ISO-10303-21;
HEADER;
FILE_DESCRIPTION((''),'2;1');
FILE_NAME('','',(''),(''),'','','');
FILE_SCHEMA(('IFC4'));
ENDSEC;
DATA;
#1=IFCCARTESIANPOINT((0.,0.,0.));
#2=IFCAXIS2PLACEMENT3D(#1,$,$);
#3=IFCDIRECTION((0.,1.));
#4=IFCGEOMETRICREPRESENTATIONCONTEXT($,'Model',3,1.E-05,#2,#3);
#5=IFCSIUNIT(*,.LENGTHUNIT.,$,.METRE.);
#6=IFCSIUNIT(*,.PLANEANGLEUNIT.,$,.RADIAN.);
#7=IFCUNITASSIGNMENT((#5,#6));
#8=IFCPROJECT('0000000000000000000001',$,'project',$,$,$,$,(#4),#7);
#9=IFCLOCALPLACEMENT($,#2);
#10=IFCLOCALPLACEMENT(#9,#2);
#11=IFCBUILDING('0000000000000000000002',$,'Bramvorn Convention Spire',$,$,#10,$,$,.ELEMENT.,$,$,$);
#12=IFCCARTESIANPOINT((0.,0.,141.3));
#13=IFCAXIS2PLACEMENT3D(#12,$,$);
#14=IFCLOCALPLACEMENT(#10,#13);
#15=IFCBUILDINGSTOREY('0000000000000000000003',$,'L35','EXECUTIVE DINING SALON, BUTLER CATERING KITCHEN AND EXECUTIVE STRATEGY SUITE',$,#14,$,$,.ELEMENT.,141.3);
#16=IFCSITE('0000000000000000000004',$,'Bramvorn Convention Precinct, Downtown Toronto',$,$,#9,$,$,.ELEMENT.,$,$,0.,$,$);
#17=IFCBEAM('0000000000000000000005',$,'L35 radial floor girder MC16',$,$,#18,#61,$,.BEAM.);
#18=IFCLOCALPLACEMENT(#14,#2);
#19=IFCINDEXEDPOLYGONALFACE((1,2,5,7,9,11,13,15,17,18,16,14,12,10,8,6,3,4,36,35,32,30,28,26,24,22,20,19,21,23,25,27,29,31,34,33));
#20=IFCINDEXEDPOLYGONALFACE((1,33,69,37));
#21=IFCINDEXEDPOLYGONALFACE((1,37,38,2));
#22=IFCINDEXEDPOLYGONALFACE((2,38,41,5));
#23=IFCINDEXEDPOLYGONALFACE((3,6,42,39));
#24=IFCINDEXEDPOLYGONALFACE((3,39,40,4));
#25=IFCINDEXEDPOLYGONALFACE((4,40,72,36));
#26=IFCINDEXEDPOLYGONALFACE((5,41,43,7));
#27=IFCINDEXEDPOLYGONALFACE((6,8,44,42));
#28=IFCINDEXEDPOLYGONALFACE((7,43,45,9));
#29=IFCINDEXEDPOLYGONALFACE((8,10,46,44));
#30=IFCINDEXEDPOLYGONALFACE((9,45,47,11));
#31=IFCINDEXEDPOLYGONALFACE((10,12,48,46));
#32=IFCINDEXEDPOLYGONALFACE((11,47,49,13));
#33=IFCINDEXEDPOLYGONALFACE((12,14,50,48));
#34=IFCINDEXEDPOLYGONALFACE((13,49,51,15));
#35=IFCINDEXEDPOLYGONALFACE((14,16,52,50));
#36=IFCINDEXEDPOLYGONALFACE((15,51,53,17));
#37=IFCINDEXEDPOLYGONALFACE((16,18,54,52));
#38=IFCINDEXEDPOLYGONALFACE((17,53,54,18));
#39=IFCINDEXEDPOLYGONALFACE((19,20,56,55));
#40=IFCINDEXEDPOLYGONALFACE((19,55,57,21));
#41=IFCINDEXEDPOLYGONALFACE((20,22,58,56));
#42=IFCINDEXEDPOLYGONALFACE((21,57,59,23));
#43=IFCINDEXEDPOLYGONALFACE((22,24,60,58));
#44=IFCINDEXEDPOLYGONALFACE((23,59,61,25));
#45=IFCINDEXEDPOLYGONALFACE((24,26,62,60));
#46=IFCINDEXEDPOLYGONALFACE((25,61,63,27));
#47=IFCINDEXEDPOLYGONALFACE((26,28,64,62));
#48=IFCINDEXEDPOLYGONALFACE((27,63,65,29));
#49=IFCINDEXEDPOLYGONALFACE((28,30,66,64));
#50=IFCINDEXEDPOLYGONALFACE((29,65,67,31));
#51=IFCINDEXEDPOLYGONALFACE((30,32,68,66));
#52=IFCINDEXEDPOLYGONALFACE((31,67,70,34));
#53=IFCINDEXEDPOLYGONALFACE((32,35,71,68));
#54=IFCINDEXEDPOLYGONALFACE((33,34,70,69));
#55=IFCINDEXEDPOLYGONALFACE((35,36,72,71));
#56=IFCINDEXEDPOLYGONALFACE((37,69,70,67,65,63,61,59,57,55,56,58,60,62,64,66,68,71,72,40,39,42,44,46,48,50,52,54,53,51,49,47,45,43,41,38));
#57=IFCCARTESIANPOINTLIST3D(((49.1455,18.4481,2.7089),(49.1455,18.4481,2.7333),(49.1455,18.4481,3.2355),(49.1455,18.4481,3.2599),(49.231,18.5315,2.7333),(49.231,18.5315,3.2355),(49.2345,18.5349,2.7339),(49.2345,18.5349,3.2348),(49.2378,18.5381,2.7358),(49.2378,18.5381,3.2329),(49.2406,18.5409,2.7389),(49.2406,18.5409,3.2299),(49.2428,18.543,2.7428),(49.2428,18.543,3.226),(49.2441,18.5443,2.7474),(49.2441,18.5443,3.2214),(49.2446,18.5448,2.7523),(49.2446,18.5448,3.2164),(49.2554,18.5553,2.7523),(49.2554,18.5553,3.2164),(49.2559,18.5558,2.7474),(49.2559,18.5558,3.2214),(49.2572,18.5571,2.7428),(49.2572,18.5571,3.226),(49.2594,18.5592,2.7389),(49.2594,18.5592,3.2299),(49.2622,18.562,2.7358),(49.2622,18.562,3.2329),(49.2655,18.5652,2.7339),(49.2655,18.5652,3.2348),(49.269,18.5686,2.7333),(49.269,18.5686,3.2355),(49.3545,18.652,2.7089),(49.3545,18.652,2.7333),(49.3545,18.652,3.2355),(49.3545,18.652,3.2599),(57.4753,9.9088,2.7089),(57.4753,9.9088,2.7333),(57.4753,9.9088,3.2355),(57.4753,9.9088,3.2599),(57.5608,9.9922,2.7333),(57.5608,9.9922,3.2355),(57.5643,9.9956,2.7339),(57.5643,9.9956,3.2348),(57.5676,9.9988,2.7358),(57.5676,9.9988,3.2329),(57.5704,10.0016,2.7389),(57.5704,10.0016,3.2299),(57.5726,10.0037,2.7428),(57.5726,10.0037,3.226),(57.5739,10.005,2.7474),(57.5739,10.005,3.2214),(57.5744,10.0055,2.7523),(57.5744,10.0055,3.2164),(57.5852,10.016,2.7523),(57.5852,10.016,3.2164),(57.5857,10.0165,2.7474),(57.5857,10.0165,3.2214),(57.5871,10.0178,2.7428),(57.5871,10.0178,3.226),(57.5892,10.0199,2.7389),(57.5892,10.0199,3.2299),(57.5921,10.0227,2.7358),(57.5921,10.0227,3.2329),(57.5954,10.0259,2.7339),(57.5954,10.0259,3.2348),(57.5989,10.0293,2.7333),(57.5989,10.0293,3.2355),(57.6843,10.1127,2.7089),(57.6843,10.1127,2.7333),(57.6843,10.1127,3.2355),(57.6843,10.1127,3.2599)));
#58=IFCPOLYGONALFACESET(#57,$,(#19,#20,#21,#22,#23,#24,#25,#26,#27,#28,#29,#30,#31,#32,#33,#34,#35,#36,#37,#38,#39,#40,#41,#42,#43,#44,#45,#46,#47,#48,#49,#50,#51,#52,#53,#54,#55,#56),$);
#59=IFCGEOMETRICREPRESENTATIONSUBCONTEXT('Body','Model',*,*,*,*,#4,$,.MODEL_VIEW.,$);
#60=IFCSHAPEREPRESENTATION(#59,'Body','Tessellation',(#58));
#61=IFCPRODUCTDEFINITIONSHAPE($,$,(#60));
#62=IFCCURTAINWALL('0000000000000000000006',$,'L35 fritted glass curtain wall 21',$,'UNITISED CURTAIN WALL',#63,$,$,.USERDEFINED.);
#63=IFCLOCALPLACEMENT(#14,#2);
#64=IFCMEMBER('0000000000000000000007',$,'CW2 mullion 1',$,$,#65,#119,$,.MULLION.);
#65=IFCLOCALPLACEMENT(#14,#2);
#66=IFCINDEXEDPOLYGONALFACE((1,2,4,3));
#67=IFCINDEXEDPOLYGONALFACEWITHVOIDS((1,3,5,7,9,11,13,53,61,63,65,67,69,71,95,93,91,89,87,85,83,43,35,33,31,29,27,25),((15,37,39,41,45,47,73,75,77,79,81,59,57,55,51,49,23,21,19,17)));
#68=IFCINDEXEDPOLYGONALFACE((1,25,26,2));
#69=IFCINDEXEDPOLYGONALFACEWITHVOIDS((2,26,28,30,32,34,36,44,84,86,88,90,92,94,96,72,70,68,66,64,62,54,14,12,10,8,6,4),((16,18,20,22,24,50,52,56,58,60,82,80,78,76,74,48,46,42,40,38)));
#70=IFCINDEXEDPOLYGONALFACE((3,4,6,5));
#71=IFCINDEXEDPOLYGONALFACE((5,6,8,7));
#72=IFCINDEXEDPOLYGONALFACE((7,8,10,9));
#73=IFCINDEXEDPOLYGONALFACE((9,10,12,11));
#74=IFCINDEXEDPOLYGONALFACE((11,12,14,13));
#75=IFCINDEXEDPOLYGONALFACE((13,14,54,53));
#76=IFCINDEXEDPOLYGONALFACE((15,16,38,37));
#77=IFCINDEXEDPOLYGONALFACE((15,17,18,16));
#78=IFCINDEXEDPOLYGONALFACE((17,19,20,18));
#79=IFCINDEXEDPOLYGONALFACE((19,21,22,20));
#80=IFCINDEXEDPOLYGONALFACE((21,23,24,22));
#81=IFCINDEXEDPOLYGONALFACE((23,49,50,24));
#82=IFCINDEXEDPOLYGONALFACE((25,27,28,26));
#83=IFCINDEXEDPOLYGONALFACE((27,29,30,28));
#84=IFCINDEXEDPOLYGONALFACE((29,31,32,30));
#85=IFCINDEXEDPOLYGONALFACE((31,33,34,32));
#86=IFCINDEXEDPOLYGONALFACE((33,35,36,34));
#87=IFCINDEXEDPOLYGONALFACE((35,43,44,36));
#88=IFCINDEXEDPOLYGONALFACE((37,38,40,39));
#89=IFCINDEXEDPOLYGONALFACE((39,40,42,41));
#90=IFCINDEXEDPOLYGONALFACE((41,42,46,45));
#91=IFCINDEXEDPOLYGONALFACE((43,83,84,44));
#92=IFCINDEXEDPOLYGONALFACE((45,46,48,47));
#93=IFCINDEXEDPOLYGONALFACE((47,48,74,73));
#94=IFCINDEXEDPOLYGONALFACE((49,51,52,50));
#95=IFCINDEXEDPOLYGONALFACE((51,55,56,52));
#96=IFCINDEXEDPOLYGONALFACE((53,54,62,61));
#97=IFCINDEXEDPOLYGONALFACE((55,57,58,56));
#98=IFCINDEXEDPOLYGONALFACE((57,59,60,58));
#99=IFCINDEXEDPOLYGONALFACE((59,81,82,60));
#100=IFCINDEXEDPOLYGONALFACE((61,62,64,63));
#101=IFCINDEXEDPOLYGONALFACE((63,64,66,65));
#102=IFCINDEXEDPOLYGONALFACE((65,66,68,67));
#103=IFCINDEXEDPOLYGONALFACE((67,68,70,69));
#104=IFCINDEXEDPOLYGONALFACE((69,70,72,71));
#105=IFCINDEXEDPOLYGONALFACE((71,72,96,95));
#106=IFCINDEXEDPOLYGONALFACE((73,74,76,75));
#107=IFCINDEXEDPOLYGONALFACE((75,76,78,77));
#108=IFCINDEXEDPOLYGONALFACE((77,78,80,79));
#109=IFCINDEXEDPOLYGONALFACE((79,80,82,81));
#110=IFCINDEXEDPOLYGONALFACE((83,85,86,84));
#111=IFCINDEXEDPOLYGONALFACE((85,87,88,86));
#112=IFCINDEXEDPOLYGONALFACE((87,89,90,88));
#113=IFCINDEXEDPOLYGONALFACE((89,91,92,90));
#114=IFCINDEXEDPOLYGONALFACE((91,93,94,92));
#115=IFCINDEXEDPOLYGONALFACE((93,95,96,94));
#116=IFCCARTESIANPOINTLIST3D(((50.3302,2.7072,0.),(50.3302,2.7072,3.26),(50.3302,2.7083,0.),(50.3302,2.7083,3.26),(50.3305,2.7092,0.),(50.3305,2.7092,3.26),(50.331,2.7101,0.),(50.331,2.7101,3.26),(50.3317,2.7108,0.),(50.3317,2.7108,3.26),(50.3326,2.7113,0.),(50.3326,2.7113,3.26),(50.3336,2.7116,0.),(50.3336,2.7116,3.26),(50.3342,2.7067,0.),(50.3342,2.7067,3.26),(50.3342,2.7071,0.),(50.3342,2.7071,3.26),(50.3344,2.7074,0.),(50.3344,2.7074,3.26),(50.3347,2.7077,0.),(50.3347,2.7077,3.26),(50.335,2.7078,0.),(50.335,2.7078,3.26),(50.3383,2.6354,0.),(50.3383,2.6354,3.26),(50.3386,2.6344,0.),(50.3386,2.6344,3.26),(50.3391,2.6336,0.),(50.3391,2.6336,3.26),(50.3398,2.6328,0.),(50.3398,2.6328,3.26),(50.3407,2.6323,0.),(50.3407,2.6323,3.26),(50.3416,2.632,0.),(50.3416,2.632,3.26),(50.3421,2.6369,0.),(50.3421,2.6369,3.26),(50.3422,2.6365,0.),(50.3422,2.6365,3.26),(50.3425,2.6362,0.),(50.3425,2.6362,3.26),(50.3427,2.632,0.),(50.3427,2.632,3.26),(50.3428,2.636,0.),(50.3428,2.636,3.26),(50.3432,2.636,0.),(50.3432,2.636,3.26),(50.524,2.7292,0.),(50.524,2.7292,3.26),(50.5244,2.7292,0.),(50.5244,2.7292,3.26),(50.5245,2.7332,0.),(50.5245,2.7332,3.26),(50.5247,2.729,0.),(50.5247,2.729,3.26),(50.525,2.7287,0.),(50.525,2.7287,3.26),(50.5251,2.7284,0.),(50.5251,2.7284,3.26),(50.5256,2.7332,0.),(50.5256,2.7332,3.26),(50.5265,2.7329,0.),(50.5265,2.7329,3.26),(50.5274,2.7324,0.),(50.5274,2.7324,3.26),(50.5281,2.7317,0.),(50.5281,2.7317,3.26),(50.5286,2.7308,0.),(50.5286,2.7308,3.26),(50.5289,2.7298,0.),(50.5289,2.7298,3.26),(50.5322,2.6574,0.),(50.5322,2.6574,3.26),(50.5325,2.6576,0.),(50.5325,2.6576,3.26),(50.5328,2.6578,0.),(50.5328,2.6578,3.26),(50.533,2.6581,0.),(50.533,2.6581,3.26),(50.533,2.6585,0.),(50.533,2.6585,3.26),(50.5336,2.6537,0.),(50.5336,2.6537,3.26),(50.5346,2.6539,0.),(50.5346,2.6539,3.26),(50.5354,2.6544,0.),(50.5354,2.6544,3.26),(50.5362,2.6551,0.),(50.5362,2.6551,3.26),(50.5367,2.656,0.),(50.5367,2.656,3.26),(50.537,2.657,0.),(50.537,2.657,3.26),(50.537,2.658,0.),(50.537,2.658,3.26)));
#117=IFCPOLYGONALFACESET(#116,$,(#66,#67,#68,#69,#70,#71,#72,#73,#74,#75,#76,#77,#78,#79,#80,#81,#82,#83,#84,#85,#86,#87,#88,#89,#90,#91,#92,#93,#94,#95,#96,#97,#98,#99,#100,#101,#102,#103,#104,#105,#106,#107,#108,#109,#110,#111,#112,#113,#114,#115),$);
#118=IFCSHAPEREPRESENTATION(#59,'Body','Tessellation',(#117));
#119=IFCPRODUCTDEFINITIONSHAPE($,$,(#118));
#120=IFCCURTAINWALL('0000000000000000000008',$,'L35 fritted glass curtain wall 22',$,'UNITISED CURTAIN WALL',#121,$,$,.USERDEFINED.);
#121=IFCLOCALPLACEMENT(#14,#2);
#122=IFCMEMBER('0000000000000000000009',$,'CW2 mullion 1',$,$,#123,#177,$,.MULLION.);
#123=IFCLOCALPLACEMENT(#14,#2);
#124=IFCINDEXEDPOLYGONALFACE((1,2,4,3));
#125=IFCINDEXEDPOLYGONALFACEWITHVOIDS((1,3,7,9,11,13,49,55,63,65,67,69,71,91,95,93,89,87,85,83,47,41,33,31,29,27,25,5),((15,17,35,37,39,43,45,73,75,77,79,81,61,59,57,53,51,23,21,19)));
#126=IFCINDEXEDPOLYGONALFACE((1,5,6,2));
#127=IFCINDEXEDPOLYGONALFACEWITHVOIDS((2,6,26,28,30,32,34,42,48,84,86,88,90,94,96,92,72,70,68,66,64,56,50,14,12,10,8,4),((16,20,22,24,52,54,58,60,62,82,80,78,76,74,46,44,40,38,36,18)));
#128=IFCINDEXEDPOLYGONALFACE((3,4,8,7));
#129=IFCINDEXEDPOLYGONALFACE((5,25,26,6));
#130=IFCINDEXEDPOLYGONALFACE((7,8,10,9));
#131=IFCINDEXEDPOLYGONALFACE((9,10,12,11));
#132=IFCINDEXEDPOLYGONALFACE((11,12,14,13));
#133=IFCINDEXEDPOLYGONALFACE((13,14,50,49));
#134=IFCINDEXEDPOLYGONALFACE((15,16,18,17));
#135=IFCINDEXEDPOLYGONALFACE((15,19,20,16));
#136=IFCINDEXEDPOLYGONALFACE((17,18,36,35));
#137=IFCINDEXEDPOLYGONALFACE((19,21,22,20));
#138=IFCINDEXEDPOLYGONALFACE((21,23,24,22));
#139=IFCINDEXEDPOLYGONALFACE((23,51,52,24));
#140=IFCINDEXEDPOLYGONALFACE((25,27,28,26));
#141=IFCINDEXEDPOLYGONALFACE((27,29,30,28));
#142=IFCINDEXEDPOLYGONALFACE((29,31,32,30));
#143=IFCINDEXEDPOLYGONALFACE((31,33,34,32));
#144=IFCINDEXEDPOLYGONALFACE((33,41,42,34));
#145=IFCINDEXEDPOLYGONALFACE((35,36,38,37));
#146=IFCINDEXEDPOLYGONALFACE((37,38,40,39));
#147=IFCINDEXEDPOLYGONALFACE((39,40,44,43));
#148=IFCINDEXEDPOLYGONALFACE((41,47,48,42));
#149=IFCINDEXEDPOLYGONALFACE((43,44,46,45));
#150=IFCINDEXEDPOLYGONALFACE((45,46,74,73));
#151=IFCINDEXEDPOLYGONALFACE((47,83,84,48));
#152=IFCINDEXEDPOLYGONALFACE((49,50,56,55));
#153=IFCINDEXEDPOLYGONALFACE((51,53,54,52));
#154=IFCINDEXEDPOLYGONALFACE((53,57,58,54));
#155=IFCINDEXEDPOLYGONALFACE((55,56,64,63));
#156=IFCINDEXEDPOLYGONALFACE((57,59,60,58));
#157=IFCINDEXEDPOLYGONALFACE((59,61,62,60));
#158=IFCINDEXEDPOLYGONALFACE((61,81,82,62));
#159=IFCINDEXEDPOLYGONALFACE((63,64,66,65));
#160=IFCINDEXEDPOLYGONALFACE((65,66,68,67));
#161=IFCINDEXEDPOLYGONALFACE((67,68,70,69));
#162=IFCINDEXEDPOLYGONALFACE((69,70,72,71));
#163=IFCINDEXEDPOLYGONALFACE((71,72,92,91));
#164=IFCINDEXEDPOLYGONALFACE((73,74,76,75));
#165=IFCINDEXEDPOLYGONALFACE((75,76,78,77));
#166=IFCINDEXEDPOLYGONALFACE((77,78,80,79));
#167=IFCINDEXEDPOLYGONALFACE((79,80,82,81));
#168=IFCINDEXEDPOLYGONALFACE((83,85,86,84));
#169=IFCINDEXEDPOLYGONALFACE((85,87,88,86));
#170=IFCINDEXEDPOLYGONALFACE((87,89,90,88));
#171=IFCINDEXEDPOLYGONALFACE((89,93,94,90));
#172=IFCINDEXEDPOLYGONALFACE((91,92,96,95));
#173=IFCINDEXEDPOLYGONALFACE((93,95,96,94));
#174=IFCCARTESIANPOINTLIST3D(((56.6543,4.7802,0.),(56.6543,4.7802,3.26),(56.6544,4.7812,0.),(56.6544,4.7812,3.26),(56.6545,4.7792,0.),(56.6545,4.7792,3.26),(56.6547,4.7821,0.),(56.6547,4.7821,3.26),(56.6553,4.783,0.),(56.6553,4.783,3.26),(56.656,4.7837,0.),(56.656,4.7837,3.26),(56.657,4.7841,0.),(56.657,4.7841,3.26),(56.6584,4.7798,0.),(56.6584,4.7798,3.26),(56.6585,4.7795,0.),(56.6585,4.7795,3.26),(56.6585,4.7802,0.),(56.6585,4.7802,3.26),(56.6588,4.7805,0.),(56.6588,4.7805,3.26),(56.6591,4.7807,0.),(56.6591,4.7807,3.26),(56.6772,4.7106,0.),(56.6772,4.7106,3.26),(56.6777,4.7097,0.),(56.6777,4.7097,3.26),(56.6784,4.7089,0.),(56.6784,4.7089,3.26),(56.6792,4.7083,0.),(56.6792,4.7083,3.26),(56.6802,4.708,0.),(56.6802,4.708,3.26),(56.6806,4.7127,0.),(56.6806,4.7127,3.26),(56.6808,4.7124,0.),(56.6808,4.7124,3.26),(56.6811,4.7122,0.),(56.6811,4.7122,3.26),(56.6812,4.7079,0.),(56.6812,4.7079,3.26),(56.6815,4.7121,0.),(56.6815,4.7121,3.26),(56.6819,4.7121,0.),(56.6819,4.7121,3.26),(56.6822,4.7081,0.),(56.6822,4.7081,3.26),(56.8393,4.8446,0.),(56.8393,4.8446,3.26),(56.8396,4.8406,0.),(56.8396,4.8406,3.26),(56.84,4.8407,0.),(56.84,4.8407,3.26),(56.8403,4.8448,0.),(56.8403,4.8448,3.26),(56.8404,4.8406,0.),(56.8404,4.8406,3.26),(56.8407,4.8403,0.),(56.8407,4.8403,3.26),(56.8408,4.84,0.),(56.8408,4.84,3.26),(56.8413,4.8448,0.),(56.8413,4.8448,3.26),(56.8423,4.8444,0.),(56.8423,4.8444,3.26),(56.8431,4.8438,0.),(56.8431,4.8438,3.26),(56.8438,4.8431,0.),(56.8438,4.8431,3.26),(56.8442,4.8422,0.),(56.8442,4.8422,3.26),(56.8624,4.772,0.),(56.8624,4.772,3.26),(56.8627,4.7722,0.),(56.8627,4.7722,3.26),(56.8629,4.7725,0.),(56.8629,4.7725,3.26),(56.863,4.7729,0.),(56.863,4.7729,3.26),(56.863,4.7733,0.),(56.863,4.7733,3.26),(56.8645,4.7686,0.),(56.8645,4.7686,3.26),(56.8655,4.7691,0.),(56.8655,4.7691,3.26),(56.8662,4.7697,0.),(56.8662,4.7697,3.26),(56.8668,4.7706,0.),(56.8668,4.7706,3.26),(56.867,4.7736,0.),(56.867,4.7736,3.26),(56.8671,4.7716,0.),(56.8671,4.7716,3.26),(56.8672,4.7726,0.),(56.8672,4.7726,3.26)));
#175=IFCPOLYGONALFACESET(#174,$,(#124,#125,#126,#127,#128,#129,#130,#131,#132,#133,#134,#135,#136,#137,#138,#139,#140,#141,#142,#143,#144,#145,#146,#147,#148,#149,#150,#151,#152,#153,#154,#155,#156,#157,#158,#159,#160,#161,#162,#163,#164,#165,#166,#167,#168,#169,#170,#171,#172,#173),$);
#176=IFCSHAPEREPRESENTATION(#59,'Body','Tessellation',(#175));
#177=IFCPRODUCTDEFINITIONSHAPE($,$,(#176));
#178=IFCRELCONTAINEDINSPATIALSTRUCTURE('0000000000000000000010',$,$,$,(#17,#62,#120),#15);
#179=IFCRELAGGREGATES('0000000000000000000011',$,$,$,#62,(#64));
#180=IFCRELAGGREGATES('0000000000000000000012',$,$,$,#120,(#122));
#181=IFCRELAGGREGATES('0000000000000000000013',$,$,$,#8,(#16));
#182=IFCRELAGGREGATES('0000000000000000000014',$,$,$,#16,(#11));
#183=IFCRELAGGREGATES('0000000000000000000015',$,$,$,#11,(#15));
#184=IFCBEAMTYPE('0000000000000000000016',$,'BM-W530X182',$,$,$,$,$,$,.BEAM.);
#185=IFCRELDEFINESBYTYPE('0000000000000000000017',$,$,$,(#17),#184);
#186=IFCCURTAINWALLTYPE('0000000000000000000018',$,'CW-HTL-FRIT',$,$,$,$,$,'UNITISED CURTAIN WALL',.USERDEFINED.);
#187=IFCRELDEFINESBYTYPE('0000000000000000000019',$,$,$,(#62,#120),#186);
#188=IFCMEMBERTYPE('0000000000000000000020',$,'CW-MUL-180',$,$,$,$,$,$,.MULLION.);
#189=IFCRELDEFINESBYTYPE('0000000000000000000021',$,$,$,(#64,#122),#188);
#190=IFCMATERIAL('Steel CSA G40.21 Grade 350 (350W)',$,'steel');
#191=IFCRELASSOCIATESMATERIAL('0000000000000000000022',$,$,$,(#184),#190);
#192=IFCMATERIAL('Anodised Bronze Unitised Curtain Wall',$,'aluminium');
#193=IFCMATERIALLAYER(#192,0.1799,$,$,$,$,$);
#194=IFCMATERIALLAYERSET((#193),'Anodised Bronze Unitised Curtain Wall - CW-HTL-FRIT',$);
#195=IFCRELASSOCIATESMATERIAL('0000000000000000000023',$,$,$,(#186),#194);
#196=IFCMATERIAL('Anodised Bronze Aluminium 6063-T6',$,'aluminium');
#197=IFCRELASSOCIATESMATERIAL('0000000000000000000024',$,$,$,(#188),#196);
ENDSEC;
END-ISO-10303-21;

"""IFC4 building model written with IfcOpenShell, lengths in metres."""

from ifc_helpers import new_model, si_unit, direction, frame, origin, origin_2d, place, context, subcontext, project, spatial, hollow_rectangle, i_section, extrude, material, layer, layer_set, material_profile, profile_set, type_object, element, aggregate, save


model = new_model("IFC4")

# Units and contexts
model_context = context("Model", 3, precision=1e-05, world=origin(), true_north=direction((0.0, 1.0)))
body_context = subcontext(model_context, "Body", "Model", "MODEL_VIEW")
ifc_project = project(units=[si_unit("LENGTHUNIT", "METRE"), si_unit("PLANEANGLEUNIT", "RADIAN")], contexts=[model_context])

# Site, building, storey
site_placement = place(None, origin())
site = spatial("IfcSite", under=ifc_project, at=site_placement, Name="Bramvorn Convention Precinct, Downtown Toronto", CompositionType="ELEMENT", RefElevation=0.0)
building_placement = place(site_placement, origin())
building = spatial("IfcBuilding", under=site, at=building_placement, Name="Bramvorn Convention Spire", CompositionType="ELEMENT")
storey_placement = place(building_placement, frame((0.0, 0.0, 141.3)))
storey = spatial("IfcBuildingStorey", under=building, at=storey_placement, Name="L35", Description="EXECUTIVE DINING SALON, BUTLER CATERING KITCHEN AND EXECUTIVE STRATEGY SUITE", CompositionType="ELEMENT", Elevation=141.3)

# Shared definitions
ifc_material_1 = material(Name="Steel CSA G40.21 Grade 350 (350W)", Category="steel")

# Beam
ifc_material_profile_1 = material_profile(ifc_material_1, i_section(OverallWidth=0.292, OverallDepth=0.551, WebThickness=0.0151, FlangeThickness=0.0244, FilletRadius=0.019, at=origin_2d()))
ifc_profile_set_1 = profile_set([ifc_material_profile_1], Name="Steel CSA G40.21 Grade 350 (350W) - W530X182")
beam_type_1 = type_object("IfcBeamType", Name="BM-W530X182", PredefinedType="BEAM", material=ifc_profile_set_1)
beam_1_placement = place(storey_placement, frame((49.25, 18.55, 2.9844), z_axis=(0.698272, -0.715832, 0.0), x_axis=(0.715832, 0.698272, 0.0)))
element("IfcBeam", 1, at=beam_1_placement, inside=storey, type_object=beam_type_1, Name="L35 radial floor girder MC16", PredefinedType="BEAM", context=body_context, shape_type="SweptSolid", body=[
    extrude(i_section(OverallWidth=0.292, OverallDepth=0.551, WebThickness=0.0151, FlangeThickness=0.0244, FilletRadius=0.019, at=origin_2d()), origin(), (0.0, 0.0, 1.0), 11.9292),
])

# Curtain wall, member
ifc_material_2 = material(Name="Anodised Bronze Unitised Curtain Wall", Category="aluminium")
ifc_layer_1 = layer(ifc_material_2, 0.1799)
ifc_layer_set_1 = layer_set([ifc_layer_1], Name="Anodised Bronze Unitised Curtain Wall - CW-HTL-FRIT")
curtain_wall_type = type_object("IfcCurtainWallType", Name="CW-HTL-FRIT", ElementType="UNITISED CURTAIN WALL", PredefinedType="USERDEFINED", material=ifc_layer_set_1)
curtain_wall_1_placement = place(storey_placement, origin())
curtain_wall_1 = element("IfcCurtainWall", 2, at=curtain_wall_1_placement, inside=storey, type_object=curtain_wall_type, Name="L35 fritted glass curtain wall 21", ObjectType="UNITISED CURTAIN WALL", PredefinedType="USERDEFINED")
ifc_material_3 = material(Name="Anodised Bronze Aluminium 6063-T6", Category="aluminium")
ifc_material_profile_2 = material_profile(ifc_material_3, hollow_rectangle(XDim=0.0801, YDim=0.2, WallThickness=0.0039, InnerFilletRadius=0.001, OuterFilletRadius=0.0039, at=origin_2d()))
ifc_profile_set_2 = profile_set([ifc_material_profile_2], Name="Anodised Bronze Aluminium 6063-T6 - CWM80X200")
member_type_1 = type_object("IfcMemberType", Name="CW-MUL-180", PredefinedType="MULLION", material=ifc_profile_set_2)
member_1_placement = place(storey_placement, frame((50.4336, 2.6826, 0.0), z_axis=(0.0, 0.0, 1.0), x_axis=(0.112784, -0.99362, 0.0)))
member_1 = element("IfcMember", 3, at=member_1_placement, type_object=member_type_1, Name="CW2 mullion 1", PredefinedType="MULLION", context=body_context, shape_type="SweptSolid", body=[
    extrude(hollow_rectangle(XDim=0.0801, YDim=0.2, WallThickness=0.0039, InnerFilletRadius=0.001, OuterFilletRadius=0.0039, at=origin_2d()), origin(), (0.0, 0.0, 1.0), 3.26),
])

# Curtain wall, member
curtain_wall_2_placement = place(storey_placement, origin())
curtain_wall_2 = element("IfcCurtainWall", 4, at=curtain_wall_2_placement, inside=storey, type_object=curtain_wall_type, Name="L35 fritted glass curtain wall 22", ObjectType="UNITISED CURTAIN WALL", PredefinedType="USERDEFINED")
member_2_placement = place(storey_placement, frame((56.7607, 4.7764, 0.0), z_axis=(0.0, 0.0, 1.0), x_axis=(0.31503, -0.949082, 0.0)))
member_2 = element("IfcMember", 5, at=member_2_placement, type_object=member_type_1, Name="CW2 mullion 1", PredefinedType="MULLION", context=body_context, shape_type="SweptSolid", body=[
    extrude(hollow_rectangle(XDim=0.0801, YDim=0.2, WallThickness=0.0039, InnerFilletRadius=0.001, OuterFilletRadius=0.0039, at=origin_2d()), origin(), (0.0, 0.0, 1.0), 3.26),
])

aggregate(curtain_wall_1, [member_1])
aggregate(curtain_wall_2, [member_2])

save(model, "model.ifc")
